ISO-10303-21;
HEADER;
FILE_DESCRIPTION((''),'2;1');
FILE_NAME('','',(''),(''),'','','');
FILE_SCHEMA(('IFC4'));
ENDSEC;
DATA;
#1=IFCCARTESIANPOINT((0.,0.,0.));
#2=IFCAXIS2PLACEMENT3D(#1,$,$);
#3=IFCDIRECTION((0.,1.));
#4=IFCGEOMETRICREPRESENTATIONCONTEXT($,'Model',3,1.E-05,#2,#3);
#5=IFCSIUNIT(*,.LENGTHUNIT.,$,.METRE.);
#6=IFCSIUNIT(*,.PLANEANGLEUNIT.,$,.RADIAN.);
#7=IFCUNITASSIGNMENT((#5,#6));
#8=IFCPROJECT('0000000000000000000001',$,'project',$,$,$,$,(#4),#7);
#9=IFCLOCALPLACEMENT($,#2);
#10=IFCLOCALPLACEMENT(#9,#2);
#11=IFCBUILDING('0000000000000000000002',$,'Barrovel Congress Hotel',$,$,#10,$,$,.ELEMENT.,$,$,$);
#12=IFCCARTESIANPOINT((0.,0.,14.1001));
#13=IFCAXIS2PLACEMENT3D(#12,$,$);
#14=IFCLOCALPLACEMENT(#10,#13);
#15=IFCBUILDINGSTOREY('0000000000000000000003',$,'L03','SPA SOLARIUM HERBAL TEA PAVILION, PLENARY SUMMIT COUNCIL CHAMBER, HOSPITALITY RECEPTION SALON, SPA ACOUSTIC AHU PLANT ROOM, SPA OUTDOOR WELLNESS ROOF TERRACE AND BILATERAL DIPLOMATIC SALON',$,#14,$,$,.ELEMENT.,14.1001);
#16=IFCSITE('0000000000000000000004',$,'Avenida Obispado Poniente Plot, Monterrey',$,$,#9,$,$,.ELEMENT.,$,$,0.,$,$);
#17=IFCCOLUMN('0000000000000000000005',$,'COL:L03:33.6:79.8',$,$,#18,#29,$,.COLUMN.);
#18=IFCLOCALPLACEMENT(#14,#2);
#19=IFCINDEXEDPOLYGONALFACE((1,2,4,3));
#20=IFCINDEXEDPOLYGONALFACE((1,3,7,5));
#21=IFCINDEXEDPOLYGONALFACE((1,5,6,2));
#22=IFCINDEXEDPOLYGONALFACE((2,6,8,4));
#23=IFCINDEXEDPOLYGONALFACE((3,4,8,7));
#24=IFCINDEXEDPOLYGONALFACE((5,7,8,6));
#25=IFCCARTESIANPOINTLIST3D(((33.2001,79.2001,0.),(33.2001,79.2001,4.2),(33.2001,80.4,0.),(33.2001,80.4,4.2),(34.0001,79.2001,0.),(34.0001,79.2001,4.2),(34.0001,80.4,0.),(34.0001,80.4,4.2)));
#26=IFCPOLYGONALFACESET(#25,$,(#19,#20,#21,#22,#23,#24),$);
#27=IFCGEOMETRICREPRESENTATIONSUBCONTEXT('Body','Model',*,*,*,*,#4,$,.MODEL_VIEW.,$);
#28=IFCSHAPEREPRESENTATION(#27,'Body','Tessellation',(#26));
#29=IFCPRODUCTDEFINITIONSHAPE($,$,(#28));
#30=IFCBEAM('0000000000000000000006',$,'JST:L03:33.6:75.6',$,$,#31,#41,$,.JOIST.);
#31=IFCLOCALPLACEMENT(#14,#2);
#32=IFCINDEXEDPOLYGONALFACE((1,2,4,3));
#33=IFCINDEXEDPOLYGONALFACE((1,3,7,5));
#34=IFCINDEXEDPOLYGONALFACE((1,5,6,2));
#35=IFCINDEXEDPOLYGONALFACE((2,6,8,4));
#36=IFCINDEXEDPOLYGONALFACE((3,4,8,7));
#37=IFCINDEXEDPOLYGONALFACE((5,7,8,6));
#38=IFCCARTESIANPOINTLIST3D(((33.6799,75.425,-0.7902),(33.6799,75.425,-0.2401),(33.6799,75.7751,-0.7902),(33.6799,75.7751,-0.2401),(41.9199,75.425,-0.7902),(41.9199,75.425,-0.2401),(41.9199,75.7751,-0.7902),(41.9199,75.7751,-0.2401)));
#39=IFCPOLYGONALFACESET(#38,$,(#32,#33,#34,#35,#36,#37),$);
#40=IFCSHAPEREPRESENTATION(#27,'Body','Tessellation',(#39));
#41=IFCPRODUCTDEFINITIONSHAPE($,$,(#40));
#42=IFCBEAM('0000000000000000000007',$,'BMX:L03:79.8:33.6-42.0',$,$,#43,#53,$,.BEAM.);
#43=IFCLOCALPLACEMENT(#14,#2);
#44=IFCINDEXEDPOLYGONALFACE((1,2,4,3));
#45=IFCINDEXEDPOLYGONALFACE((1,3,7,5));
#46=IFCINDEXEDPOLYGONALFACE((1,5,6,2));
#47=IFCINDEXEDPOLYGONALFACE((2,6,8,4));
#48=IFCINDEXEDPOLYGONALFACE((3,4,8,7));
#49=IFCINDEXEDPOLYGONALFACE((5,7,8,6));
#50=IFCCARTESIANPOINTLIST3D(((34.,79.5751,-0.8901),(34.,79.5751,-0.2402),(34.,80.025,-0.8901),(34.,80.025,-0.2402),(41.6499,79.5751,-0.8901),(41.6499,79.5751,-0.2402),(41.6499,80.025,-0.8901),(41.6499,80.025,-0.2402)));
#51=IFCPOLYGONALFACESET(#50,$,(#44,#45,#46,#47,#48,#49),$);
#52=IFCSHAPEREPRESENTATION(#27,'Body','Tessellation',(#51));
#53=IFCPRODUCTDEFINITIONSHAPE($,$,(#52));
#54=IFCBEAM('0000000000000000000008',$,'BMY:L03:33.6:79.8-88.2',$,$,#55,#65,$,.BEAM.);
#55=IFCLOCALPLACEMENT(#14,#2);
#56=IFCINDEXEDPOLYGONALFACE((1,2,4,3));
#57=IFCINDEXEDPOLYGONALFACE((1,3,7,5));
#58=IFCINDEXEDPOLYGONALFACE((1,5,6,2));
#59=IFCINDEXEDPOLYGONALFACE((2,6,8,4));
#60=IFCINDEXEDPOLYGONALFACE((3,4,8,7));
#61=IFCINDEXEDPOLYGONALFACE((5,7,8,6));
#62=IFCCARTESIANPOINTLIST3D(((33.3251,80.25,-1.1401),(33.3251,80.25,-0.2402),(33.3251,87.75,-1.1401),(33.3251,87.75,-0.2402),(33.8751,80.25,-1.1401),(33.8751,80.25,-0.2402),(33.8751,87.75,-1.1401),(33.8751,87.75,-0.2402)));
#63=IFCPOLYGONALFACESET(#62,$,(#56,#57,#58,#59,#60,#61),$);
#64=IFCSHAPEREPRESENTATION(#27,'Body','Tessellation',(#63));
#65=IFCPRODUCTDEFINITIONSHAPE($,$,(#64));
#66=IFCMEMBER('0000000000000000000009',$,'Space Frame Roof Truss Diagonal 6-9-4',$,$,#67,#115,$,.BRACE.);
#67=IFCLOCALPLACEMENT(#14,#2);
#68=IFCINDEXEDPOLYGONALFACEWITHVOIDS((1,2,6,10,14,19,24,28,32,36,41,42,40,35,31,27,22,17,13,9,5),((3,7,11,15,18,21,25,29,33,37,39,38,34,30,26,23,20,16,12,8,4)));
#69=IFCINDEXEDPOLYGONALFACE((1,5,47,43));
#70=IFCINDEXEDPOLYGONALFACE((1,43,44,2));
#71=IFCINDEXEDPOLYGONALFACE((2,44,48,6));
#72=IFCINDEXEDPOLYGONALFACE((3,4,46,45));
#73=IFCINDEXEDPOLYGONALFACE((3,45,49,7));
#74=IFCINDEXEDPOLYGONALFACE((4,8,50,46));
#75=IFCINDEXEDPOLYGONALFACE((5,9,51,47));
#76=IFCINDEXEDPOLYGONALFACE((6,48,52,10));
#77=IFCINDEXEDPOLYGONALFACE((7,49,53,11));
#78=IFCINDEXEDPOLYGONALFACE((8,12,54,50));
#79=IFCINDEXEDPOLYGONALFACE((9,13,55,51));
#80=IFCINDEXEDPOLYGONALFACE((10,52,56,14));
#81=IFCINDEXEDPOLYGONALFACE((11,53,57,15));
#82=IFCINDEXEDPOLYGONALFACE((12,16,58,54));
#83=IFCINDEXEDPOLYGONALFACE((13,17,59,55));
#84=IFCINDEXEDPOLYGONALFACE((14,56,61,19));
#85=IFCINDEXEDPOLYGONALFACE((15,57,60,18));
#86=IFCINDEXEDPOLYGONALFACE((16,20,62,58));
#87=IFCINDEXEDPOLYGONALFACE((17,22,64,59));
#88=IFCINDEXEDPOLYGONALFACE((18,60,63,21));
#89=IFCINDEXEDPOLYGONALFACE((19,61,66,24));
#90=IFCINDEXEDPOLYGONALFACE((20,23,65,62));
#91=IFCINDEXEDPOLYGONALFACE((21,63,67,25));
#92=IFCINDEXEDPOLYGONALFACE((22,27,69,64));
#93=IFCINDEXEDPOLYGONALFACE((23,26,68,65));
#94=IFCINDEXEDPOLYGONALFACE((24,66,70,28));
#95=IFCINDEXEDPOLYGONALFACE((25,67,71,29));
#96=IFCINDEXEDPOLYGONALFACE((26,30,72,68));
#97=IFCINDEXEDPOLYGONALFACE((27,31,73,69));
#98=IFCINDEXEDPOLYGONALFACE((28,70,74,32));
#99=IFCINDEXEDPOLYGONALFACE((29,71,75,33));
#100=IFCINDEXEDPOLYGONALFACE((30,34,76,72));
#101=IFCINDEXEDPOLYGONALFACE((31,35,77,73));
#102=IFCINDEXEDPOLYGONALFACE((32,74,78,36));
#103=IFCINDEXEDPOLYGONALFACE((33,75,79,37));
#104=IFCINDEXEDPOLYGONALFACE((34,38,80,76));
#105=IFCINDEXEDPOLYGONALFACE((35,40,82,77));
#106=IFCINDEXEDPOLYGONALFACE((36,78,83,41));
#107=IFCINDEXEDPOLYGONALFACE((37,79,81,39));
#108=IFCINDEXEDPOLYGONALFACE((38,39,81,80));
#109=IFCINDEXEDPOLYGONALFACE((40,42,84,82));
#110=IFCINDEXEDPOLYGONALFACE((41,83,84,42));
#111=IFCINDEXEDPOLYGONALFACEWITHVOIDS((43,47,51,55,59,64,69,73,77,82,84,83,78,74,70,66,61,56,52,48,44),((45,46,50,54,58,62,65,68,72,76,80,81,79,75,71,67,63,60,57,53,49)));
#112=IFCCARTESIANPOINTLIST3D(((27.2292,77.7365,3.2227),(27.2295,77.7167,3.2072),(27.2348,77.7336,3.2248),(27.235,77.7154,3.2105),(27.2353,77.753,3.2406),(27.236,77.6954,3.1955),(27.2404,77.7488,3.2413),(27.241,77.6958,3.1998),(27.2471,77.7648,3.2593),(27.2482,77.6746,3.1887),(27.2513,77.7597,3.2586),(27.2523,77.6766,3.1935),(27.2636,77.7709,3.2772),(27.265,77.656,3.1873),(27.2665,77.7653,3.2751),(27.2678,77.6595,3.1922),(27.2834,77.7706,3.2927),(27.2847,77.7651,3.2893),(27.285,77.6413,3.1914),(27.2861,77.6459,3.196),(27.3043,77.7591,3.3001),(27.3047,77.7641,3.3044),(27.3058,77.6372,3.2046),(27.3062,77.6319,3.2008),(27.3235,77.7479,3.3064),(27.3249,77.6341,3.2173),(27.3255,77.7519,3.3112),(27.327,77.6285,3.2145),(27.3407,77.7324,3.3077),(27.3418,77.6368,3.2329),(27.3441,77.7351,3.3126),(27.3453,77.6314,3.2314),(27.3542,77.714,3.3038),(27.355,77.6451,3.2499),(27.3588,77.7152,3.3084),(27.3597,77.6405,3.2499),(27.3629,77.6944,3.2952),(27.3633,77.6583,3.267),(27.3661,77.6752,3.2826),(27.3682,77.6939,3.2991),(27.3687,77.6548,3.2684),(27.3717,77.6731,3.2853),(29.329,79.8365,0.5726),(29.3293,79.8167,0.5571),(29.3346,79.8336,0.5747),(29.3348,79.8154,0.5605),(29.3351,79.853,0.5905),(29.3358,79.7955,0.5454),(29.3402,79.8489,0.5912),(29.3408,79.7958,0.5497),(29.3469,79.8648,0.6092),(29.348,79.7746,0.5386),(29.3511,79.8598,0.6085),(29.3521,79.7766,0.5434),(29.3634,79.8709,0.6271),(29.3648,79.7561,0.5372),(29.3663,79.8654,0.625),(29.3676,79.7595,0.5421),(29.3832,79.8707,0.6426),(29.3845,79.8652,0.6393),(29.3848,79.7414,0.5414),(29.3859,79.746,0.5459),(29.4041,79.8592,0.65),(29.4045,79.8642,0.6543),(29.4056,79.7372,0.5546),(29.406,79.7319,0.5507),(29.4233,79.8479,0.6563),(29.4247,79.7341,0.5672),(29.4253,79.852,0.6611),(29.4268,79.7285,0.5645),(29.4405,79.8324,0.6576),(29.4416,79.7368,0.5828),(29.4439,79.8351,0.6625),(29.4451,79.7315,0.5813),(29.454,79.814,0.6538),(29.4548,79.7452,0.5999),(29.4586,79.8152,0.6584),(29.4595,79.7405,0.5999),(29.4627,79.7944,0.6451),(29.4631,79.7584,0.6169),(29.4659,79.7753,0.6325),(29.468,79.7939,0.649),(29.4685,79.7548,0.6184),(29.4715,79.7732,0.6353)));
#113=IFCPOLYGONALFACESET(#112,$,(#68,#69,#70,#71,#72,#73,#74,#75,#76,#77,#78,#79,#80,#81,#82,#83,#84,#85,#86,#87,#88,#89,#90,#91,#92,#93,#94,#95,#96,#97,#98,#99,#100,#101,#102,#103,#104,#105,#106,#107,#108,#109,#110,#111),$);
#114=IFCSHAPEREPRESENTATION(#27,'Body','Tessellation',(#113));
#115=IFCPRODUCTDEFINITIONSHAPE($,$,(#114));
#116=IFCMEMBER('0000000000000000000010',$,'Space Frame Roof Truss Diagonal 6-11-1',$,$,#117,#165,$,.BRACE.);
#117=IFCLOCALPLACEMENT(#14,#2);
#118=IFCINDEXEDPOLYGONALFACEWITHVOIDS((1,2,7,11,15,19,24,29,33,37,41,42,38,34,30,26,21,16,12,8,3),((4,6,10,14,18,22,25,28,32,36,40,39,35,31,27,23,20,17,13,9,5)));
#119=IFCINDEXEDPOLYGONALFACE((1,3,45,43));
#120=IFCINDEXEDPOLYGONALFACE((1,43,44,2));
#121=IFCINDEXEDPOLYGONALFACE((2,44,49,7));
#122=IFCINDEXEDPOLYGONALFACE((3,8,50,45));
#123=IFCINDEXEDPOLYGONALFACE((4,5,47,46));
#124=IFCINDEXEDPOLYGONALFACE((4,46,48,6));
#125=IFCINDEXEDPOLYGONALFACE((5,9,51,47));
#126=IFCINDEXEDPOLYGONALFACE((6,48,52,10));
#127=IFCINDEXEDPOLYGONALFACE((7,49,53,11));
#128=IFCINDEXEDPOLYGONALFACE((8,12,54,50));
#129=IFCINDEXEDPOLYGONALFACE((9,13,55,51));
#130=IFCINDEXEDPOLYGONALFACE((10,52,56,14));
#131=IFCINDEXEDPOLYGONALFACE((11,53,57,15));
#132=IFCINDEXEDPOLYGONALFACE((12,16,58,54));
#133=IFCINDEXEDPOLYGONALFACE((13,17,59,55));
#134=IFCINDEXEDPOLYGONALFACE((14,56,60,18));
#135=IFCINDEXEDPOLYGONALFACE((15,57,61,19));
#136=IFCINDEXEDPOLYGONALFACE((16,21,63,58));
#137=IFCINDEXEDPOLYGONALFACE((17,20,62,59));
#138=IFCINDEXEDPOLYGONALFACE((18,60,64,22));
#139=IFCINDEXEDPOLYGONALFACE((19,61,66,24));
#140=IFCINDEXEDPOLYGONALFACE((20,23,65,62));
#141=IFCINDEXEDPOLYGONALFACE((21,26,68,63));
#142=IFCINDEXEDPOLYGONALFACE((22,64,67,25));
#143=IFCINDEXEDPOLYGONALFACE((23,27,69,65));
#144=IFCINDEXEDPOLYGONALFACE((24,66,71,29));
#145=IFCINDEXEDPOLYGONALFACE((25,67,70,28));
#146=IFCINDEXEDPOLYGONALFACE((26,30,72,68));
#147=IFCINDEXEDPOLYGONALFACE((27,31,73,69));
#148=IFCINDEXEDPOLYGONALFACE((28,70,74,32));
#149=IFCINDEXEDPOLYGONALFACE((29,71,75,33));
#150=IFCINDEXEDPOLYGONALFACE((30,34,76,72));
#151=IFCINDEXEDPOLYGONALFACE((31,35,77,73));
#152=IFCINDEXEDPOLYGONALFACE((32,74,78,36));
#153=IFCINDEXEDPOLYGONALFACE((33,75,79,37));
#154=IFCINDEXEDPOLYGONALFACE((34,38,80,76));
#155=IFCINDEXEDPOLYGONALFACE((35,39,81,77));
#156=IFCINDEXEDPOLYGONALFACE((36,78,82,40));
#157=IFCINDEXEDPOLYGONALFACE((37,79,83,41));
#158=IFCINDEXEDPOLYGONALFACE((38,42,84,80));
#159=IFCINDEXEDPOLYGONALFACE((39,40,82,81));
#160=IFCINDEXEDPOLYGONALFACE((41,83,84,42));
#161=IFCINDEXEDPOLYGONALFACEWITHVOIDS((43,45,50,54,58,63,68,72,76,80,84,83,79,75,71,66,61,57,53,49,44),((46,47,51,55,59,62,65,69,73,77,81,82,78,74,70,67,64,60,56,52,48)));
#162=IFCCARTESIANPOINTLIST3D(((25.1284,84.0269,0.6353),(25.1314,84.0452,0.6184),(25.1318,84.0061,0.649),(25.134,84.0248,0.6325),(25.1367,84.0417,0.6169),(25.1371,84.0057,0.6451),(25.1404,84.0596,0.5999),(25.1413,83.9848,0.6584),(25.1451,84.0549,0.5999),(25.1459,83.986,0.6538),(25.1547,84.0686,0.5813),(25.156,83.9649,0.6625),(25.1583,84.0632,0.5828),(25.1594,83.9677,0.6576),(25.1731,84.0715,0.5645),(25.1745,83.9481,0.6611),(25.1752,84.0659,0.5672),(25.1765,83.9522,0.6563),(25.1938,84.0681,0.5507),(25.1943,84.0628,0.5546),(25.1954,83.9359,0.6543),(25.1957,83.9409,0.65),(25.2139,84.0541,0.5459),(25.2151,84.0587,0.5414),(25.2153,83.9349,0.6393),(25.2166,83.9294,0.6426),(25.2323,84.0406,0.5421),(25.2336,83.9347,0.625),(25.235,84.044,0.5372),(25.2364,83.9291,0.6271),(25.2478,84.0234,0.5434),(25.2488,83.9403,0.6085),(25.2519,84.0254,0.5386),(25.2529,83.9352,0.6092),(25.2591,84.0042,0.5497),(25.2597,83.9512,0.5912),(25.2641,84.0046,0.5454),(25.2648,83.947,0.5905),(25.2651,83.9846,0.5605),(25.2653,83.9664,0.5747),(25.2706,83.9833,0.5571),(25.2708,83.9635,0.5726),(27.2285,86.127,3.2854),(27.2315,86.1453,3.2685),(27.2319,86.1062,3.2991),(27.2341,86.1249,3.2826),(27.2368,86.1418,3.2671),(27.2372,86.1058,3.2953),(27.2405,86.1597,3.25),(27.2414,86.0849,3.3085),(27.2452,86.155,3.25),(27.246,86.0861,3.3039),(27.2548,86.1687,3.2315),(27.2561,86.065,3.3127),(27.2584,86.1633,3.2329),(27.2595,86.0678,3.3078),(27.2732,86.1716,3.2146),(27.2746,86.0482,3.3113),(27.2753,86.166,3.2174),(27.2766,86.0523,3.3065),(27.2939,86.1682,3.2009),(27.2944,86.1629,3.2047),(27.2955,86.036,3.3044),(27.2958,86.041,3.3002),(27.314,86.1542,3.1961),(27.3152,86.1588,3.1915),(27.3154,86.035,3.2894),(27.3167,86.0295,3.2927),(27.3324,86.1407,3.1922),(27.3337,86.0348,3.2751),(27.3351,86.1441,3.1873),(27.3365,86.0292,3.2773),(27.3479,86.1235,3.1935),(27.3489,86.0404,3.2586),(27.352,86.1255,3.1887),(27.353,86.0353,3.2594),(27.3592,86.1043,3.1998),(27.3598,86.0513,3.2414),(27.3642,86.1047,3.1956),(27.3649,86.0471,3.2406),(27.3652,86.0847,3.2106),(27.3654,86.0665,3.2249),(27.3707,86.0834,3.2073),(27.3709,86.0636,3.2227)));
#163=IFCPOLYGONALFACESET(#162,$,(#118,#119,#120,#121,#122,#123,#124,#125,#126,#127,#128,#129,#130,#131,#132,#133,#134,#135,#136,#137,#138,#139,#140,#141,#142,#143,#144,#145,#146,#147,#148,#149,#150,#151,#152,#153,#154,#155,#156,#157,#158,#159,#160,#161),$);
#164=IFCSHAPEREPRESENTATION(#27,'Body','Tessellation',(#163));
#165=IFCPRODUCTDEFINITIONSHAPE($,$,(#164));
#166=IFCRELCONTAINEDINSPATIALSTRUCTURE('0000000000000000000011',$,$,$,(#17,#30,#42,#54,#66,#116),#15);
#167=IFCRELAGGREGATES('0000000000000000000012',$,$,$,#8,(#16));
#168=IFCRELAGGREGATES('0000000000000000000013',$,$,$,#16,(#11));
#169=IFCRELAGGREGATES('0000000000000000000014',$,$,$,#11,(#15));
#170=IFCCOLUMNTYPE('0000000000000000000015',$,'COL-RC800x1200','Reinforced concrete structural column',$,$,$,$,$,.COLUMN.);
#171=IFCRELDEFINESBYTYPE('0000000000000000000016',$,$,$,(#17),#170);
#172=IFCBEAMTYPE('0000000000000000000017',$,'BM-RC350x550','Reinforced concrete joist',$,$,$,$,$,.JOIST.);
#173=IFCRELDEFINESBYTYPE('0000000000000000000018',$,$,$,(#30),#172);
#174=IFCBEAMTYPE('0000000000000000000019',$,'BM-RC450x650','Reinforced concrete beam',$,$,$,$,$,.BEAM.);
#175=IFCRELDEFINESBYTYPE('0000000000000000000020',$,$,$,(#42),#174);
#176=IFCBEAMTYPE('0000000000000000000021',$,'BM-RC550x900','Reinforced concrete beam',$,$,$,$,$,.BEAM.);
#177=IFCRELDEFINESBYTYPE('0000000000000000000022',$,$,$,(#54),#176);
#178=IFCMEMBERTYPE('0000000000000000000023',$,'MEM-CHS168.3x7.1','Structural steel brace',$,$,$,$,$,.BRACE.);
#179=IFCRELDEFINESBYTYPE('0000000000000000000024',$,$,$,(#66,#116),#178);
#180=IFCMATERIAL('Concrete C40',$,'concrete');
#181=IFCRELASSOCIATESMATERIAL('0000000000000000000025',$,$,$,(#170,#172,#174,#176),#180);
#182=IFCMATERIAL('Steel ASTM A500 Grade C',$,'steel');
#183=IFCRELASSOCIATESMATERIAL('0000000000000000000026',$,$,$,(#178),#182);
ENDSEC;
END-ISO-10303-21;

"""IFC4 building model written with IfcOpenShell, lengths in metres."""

from ifc_helpers import new_model, si_unit, direction, frame, origin, origin_2d, place, context, subcontext, project, spatial, rectangle, hollow_circle, extrude, material, material_profile, profile_set, type_object, element, save


model = new_model("IFC4")

# Units and contexts
model_context = context("Model", 3, precision=1e-05, world=origin(), true_north=direction((0.0, 1.0)))
body_context = subcontext(model_context, "Body", "Model", "MODEL_VIEW")
ifc_project = project(units=[si_unit("LENGTHUNIT", "METRE"), si_unit("PLANEANGLEUNIT", "RADIAN")], contexts=[model_context])

# Site, building, storey
site_placement = place(None, origin())
site = spatial("IfcSite", under=ifc_project, at=site_placement, Name="Avenida Obispado Poniente Plot, Monterrey", CompositionType="ELEMENT", RefElevation=0.0)
building_placement = place(site_placement, origin())
building = spatial("IfcBuilding", under=site, at=building_placement, Name="Barrovel Congress Hotel", CompositionType="ELEMENT")
storey_placement = place(building_placement, frame((0.0, 0.0, 14.1001)))
storey = spatial("IfcBuildingStorey", under=building, at=storey_placement, Name="L03", Description="SPA SOLARIUM HERBAL TEA PAVILION, PLENARY SUMMIT COUNCIL CHAMBER, HOSPITALITY RECEPTION SALON, SPA ACOUSTIC AHU PLANT ROOM, SPA OUTDOOR WELLNESS ROOF TERRACE AND BILATERAL DIPLOMATIC SALON", CompositionType="ELEMENT", Elevation=14.1001)

# Column
ifc_material_1 = material(Name="Concrete C40", Category="concrete")
ifc_material_profile_1 = material_profile(ifc_material_1, rectangle(XDim=0.8, YDim=1.2, at=origin_2d()), Name="RC800x1200")
ifc_profile_set_1 = profile_set([ifc_material_profile_1], Name="Concrete C40")
column_type = type_object("IfcColumnType", Name="COL-RC800x1200", Description="Reinforced concrete structural column", PredefinedType="COLUMN", material=ifc_profile_set_1)
column_placement = place(storey_placement, frame((33.6001, 79.8, 0.0), z_axis=(0.0, 0.0, 1.0), x_axis=(1.0, 0.0, 0.0)))
element("IfcColumn", 1, at=column_placement, inside=storey, type_object=column_type, Name="COL:L03:33.6:79.8", PredefinedType="COLUMN", context=body_context, shape_type="SweptSolid", body=[
    extrude(rectangle(XDim=0.8, YDim=1.2, at=origin_2d()), origin(), (0.0, 0.0, 1.0), 4.2),
])

# Beams
ifc_material_profile_2 = material_profile(ifc_material_1, rectangle(XDim=0.3501, YDim=0.55, at=origin_2d()), Name="RC350x550")
ifc_profile_set_2 = profile_set([ifc_material_profile_2], Name="Concrete C40")
beam_type_1 = type_object("IfcBeamType", Name="BM-RC350x550", Description="Reinforced concrete joist", PredefinedType="JOIST", material=ifc_profile_set_2)
beam_1_placement = place(storey_placement, frame((33.6799, 75.6001, -0.5151), z_axis=(1.0, 0.0, 0.0), x_axis=(0.0, 1.0, 0.0)))
element("IfcBeam", 2, at=beam_1_placement, inside=storey, type_object=beam_type_1, Name="JST:L03:33.6:75.6", PredefinedType="JOIST", context=body_context, shape_type="SweptSolid", body=[
    extrude(rectangle(XDim=0.3501, YDim=0.55, at=origin_2d()), origin(), (0.0, 0.0, 1.0), 8.24),
])
ifc_material_profile_3 = material_profile(ifc_material_1, rectangle(XDim=0.45, YDim=0.6499, at=origin_2d()), Name="RC450x650")
ifc_profile_set_3 = profile_set([ifc_material_profile_3], Name="Concrete C40")
beam_type_2 = type_object("IfcBeamType", Name="BM-RC450x650", Description="Reinforced concrete beam", PredefinedType="BEAM", material=ifc_profile_set_3)
beam_2_placement = place(storey_placement, frame((34.0, 79.8, -0.5652), z_axis=(1.0, 0.0, 0.0), x_axis=(0.0, 1.0, 0.0)))
element("IfcBeam", 3, at=beam_2_placement, inside=storey, type_object=beam_type_2, Name="BMX:L03:79.8:33.6-42.0", PredefinedType="BEAM", context=body_context, shape_type="SweptSolid", body=[
    extrude(rectangle(XDim=0.45, YDim=0.6499, at=origin_2d()), origin(), (0.0, 0.0, 1.0), 7.6499),
])
ifc_material_profile_4 = material_profile(ifc_material_1, rectangle(XDim=0.55, YDim=0.8999, at=origin_2d()), Name="RC550x900")
ifc_profile_set_4 = profile_set([ifc_material_profile_4], Name="Concrete C40")
beam_type_3 = type_object("IfcBeamType", Name="BM-RC550x900", Description="Reinforced concrete beam", PredefinedType="BEAM", material=ifc_profile_set_4)
beam_3_placement = place(storey_placement, frame((33.6001, 80.25, -0.6902), z_axis=(0.0, 1.0, 0.0), x_axis=(-1.0, 0.0, 0.0)))
element("IfcBeam", 4, at=beam_3_placement, inside=storey, type_object=beam_type_3, Name="BMY:L03:33.6:79.8-88.2", PredefinedType="BEAM", context=body_context, shape_type="SweptSolid", body=[
    extrude(rectangle(XDim=0.55, YDim=0.8999, at=origin_2d()), origin(), (0.0, 0.0, 1.0), 7.5),
])

# Members
ifc_material_2 = material(Name="Steel ASTM A500 Grade C", Category="steel")
ifc_material_profile_5 = material_profile(ifc_material_2, hollow_circle(Radius=0.0842, WallThickness=0.0066, at=origin_2d()), Name="CHS168.3x7.1")
ifc_profile_set_5 = profile_set([ifc_material_profile_5], Name="Steel ASTM A500 Grade C")
member_type_1 = type_object("IfcMemberType", Name="MEM-CHS168.3x7.1", Description="Structural steel brace", PredefinedType="BRACE", material=ifc_profile_set_5)
member_1_placement = place(storey_placement, frame((29.3999, 79.8, 0.5999), z_axis=(-0.527557, -0.527618, 0.66581), x_axis=(0.707148, -0.707066, 0.0)))
element("IfcMember", 5, at=member_1_placement, inside=storey, type_object=member_type_1, Name="Space Frame Roof Truss Diagonal 6-9-4", PredefinedType="BRACE", context=body_context, shape_type="SweptSolid", body=[
    extrude(hollow_circle(Radius=0.0842, WallThickness=0.0066, at=origin_2d()), origin(), (0.0, 0.0, 1.0), 3.9802),
])
member_2_placement = place(storey_placement, frame((25.2, 84.0, 0.5999), z_axis=(0.527601, 0.527601, 0.665788), x_axis=(-0.707107, 0.707107, 0.0)))
element("IfcMember", 6, at=member_2_placement, inside=storey, type_object=member_type_1, Name="Space Frame Roof Truss Diagonal 6-11-1", PredefinedType="BRACE", context=body_context, shape_type="SweptSolid", body=[
    extrude(hollow_circle(Radius=0.0842, WallThickness=0.0066, at=origin_2d()), origin(), (0.0, 0.0, 1.0), 3.9805),
])

save(model, "model.ifc")
